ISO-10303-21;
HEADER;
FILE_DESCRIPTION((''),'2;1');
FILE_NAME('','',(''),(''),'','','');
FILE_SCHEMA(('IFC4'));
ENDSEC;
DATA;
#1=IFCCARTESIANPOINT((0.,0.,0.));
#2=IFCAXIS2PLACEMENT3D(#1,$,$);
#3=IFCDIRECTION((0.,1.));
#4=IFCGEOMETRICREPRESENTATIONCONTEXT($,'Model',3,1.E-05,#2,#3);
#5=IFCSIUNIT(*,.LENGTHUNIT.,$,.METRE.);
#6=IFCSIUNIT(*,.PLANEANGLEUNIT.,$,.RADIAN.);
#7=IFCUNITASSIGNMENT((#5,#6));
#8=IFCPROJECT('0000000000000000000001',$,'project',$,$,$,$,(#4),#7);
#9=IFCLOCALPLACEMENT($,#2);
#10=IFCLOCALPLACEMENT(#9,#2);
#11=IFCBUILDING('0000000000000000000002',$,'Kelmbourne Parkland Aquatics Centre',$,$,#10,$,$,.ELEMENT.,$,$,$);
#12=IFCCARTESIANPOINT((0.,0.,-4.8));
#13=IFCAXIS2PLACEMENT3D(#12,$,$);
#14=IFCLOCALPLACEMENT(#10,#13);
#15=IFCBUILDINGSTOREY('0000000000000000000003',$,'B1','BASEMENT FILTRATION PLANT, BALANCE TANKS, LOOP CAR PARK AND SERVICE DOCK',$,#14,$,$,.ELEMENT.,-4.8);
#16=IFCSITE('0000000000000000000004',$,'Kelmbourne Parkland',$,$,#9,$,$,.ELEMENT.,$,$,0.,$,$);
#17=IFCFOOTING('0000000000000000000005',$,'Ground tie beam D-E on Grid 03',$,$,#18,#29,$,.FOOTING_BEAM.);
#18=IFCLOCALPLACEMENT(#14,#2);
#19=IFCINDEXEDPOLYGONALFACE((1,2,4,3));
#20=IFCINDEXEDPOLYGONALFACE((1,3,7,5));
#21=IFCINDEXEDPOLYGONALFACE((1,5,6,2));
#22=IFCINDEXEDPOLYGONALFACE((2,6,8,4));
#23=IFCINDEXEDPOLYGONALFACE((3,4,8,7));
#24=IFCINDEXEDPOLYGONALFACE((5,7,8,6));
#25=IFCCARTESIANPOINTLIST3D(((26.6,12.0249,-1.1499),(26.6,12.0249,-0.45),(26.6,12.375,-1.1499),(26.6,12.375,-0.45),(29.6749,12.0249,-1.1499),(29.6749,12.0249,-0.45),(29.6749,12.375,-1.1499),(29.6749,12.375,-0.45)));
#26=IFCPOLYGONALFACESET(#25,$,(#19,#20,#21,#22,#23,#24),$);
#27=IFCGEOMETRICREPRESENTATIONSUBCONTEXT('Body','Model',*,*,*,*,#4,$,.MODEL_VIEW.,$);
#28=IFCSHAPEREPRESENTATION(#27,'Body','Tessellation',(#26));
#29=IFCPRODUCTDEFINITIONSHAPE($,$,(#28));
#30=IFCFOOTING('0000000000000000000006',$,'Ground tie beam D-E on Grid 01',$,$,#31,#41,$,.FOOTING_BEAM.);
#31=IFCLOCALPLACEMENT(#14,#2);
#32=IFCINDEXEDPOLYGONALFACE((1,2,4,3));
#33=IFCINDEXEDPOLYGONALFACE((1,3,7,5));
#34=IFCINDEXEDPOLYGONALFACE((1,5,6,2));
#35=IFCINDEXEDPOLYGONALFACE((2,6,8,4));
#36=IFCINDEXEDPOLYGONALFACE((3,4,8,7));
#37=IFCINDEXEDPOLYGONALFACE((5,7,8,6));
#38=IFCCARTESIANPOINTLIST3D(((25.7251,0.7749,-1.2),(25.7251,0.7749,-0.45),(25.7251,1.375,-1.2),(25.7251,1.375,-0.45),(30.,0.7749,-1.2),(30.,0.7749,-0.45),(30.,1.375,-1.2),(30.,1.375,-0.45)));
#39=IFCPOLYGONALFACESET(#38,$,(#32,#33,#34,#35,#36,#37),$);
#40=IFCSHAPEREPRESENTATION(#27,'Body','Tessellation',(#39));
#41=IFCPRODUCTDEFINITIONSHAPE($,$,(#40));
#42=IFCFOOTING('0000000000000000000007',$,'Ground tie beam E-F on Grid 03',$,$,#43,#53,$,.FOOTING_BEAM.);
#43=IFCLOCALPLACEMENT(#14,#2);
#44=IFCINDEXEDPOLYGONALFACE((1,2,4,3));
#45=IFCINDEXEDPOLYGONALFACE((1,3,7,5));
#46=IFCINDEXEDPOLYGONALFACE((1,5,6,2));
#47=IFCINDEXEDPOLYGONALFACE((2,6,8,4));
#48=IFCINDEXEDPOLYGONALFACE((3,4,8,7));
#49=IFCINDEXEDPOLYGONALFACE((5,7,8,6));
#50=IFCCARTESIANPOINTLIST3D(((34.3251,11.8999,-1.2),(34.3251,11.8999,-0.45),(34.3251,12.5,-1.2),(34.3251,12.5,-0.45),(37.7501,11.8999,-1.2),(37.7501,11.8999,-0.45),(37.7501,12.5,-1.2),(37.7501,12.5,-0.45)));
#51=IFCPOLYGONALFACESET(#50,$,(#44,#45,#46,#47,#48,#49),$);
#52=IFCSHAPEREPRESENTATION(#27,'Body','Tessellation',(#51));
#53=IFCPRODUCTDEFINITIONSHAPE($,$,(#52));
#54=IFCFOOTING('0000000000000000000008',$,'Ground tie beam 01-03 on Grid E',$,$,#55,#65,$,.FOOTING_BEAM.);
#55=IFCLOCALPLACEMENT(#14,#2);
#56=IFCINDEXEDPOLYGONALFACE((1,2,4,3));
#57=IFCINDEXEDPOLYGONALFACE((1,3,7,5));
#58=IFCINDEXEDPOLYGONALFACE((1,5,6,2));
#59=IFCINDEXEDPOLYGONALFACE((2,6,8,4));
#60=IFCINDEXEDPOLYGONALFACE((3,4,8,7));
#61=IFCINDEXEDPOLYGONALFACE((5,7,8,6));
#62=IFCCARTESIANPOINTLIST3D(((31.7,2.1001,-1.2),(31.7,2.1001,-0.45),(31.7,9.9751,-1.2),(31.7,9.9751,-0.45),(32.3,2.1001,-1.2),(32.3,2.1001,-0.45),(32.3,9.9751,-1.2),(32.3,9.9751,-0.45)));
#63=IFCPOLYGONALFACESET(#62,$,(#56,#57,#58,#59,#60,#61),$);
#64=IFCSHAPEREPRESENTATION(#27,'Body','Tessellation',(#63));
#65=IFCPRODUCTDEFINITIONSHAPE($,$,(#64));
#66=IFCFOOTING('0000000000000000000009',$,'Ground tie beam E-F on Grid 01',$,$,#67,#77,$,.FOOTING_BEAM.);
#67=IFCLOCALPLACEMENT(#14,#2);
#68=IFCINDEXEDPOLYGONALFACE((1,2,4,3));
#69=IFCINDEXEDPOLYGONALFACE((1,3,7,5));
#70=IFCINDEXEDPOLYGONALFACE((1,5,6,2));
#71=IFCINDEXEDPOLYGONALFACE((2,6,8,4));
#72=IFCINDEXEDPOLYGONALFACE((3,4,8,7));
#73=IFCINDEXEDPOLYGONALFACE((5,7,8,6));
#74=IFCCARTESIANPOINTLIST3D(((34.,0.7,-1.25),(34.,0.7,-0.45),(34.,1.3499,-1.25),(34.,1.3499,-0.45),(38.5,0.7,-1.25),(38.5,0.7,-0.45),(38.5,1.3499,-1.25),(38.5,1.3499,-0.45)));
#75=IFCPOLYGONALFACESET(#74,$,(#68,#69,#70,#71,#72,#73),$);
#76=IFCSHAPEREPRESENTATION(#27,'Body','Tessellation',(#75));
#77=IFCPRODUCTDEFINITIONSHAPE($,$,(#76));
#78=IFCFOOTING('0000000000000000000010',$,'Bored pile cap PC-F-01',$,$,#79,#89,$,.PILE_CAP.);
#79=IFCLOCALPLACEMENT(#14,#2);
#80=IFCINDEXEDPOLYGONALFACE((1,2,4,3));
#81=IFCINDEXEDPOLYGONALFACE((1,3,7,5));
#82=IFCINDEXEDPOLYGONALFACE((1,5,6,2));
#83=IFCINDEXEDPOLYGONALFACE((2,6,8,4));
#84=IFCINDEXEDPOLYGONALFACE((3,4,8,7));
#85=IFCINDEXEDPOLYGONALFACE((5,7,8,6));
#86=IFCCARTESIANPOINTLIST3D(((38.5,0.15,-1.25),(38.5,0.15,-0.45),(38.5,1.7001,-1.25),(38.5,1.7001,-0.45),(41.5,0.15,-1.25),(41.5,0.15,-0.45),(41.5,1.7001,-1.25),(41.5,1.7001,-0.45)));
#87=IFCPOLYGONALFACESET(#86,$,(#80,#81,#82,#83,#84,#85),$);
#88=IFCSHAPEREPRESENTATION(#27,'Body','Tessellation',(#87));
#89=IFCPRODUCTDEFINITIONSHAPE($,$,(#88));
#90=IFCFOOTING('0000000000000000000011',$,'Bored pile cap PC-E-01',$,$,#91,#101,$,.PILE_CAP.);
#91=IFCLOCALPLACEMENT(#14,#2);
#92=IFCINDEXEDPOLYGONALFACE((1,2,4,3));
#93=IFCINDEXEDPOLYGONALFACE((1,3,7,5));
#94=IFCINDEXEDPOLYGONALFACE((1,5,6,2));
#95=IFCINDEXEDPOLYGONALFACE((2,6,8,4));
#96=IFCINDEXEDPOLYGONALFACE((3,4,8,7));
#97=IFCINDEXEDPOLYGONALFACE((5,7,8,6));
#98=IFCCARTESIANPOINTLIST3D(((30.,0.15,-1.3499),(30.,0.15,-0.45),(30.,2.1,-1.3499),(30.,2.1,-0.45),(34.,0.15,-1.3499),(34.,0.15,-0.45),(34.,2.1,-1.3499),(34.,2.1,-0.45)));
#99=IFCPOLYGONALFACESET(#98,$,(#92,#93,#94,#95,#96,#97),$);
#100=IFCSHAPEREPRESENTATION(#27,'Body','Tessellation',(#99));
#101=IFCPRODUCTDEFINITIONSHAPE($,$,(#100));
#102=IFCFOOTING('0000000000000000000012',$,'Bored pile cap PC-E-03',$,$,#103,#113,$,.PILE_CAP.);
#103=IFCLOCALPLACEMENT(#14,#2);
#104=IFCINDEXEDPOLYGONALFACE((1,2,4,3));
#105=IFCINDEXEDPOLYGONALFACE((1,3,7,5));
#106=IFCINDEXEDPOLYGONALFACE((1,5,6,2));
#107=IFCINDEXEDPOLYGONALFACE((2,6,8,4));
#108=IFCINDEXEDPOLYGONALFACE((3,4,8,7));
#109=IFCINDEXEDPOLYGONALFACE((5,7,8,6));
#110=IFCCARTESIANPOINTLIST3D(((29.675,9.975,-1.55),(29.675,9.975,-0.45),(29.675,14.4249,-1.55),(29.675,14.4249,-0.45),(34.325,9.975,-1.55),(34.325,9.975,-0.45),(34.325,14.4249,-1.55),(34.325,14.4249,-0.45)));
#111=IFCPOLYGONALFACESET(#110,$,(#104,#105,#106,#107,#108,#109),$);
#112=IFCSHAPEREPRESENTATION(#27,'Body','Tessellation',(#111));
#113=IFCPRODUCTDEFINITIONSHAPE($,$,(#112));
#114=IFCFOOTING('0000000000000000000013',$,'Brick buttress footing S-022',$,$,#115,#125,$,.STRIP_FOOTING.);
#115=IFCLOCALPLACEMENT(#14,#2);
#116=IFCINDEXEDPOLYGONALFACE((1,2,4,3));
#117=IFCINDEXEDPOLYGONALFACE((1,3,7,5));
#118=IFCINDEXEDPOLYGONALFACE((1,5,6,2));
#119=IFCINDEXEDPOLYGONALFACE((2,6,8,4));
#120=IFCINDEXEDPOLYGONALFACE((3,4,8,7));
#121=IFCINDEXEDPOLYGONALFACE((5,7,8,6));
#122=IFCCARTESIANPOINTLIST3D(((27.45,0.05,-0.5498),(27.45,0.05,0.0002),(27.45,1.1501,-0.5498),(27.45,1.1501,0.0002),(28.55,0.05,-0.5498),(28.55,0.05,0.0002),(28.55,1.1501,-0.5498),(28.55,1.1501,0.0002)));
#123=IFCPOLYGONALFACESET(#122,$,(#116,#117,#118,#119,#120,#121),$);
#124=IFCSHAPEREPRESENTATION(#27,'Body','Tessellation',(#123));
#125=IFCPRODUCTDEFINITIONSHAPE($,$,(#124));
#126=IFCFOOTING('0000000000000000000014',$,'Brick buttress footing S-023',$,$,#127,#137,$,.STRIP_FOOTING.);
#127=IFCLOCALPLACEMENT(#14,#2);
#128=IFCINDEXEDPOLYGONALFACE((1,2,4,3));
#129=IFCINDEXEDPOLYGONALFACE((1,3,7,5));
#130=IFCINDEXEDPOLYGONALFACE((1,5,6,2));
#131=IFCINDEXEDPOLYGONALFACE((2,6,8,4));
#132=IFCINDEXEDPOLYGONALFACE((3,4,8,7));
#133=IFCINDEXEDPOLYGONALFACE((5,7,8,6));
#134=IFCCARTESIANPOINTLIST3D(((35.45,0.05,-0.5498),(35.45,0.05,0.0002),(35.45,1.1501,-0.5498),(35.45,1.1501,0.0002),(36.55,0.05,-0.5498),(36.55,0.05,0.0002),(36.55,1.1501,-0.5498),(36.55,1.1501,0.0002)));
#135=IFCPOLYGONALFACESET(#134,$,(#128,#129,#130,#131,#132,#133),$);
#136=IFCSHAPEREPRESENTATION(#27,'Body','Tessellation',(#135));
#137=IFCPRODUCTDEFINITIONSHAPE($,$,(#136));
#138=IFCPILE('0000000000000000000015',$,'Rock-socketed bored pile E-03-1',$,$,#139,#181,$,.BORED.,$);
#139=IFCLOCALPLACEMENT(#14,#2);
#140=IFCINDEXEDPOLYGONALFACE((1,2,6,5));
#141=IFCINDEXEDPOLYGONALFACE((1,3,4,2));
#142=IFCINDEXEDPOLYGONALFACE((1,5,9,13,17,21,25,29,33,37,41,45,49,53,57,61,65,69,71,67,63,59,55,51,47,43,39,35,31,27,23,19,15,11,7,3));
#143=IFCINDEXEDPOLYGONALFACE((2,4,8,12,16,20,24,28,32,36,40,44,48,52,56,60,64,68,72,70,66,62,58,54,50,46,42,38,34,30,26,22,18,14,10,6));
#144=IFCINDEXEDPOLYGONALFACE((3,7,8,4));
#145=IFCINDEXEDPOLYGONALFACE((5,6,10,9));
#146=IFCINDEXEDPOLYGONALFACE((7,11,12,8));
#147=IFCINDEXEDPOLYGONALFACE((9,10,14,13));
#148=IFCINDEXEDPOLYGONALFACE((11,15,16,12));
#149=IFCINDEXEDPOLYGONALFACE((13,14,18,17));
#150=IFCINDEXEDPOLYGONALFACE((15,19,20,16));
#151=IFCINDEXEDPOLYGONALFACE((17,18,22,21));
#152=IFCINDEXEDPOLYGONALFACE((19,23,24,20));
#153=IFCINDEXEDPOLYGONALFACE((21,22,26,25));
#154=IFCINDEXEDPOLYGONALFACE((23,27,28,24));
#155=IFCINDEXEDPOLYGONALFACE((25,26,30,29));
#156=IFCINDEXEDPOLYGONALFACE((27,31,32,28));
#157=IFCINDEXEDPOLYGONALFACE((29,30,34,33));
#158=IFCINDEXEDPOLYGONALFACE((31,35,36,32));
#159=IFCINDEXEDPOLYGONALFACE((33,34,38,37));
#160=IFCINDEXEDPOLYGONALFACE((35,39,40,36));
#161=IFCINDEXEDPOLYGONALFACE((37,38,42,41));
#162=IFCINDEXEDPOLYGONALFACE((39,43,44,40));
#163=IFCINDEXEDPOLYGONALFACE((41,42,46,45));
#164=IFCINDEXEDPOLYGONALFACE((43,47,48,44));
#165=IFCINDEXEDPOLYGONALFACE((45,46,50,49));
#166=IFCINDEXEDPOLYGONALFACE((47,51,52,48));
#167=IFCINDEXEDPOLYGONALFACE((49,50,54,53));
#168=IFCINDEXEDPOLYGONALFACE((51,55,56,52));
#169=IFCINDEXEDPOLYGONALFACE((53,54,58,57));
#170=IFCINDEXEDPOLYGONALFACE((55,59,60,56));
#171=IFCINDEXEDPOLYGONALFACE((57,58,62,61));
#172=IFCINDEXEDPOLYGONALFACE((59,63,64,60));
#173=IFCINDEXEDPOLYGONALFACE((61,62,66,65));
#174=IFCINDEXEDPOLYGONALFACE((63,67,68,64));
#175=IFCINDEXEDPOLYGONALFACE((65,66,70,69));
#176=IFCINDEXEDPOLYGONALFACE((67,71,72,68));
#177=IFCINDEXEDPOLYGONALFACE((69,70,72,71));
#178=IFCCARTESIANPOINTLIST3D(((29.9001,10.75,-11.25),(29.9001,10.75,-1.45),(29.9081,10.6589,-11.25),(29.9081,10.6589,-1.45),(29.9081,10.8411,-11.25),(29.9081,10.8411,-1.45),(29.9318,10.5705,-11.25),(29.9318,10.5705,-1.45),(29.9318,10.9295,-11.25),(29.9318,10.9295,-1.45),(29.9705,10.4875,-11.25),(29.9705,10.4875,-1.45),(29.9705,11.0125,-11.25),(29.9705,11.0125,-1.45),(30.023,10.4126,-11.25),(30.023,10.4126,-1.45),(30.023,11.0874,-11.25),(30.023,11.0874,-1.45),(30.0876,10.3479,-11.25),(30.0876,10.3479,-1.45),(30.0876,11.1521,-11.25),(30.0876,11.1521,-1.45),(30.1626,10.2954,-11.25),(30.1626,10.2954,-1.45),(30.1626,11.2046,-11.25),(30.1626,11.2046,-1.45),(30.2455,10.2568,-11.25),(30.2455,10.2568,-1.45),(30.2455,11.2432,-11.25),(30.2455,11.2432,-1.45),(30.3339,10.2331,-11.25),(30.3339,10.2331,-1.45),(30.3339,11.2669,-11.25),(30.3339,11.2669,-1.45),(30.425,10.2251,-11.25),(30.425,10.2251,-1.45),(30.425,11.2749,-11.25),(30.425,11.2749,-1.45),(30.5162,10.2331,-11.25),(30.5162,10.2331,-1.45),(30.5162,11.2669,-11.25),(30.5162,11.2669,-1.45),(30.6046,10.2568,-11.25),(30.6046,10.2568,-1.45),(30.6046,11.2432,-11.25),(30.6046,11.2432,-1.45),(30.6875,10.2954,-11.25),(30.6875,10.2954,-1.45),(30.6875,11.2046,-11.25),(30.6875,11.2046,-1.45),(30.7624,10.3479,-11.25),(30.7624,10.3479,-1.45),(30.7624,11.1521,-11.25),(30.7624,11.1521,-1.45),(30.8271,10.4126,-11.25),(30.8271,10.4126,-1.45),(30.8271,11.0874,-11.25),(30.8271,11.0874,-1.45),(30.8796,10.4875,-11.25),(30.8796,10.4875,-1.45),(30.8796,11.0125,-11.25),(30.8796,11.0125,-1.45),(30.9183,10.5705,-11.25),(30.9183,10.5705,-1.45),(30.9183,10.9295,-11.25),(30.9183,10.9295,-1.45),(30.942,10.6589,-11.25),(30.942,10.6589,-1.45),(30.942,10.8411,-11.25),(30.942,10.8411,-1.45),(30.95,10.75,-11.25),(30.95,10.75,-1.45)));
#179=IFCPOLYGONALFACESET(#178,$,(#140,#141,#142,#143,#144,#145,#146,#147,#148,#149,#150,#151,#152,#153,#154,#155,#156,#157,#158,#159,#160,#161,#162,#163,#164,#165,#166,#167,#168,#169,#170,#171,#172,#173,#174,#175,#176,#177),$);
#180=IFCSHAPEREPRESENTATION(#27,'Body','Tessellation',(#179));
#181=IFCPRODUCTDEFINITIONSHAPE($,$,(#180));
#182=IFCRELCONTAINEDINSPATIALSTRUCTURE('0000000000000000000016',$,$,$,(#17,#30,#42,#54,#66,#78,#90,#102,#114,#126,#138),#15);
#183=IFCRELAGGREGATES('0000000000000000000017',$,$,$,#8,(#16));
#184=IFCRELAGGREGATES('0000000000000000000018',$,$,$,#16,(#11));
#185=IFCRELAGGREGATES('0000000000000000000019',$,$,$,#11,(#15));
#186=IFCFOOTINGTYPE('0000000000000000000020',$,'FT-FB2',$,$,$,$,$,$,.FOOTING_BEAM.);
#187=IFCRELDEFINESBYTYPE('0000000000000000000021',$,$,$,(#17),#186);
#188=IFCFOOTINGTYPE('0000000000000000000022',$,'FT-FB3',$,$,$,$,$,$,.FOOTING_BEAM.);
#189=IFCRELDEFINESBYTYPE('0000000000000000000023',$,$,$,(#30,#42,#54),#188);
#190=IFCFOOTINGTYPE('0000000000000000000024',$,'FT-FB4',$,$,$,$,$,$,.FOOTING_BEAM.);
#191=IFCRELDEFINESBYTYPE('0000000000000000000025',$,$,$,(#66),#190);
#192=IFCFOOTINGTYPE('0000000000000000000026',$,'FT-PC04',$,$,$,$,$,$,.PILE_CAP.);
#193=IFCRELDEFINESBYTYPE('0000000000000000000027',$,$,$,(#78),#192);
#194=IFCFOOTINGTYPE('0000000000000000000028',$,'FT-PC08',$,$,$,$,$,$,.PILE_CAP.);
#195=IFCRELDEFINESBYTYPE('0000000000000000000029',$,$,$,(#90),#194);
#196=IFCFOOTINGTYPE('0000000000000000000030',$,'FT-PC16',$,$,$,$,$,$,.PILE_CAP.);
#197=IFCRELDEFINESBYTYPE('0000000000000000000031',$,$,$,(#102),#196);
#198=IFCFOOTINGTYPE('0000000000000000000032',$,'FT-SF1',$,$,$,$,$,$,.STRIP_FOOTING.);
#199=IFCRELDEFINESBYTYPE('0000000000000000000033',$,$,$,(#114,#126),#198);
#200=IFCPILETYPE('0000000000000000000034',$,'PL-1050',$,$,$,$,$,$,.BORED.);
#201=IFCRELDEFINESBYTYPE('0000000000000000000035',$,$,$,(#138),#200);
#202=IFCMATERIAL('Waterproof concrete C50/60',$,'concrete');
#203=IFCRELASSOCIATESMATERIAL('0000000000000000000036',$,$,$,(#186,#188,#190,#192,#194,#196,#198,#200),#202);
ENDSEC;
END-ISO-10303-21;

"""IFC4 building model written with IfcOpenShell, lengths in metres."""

from ifc_helpers import new_model, si_unit, direction, frame, origin, origin_2d, place, context, subcontext, project, spatial, rectangle, circle, extrude, material, material_profile, profile_set, type_object, element, save


model = new_model("IFC4")

# Units and contexts
model_context = context("Model", 3, precision=1e-05, world=origin(), true_north=direction((0.0, 1.0)))
body_context = subcontext(model_context, "Body", "Model", "MODEL_VIEW")
ifc_project = project(units=[si_unit("LENGTHUNIT", "METRE"), si_unit("PLANEANGLEUNIT", "RADIAN")], contexts=[model_context])

# Site, building, storey
site_placement = place(None, origin())
site = spatial("IfcSite", under=ifc_project, at=site_placement, Name="Kelmbourne Parkland", CompositionType="ELEMENT", RefElevation=0.0)
building_placement = place(site_placement, origin())
building = spatial("IfcBuilding", under=site, at=building_placement, Name="Kelmbourne Parkland Aquatics Centre", CompositionType="ELEMENT")
storey_placement = place(building_placement, frame((0.0, 0.0, -4.8)))
storey = spatial("IfcBuildingStorey", under=building, at=storey_placement, Name="B1", Description="BASEMENT FILTRATION PLANT, BALANCE TANKS, LOOP CAR PARK AND SERVICE DOCK", CompositionType="ELEMENT", Elevation=-4.8)

# Footings
ifc_material_1 = material(Name="Waterproof concrete C50/60", Category="concrete")
footing_type_1 = type_object("IfcFootingType", Name="FT-FB2", PredefinedType="FOOTING_BEAM", material=ifc_material_1)
footing_1_placement = place(storey_placement, frame((28.1375, 12.2, -1.1499), z_axis=(0.0, 0.0, 1.0), x_axis=(1.0, 0.0, 0.0)))
element("IfcFooting", 1, at=footing_1_placement, inside=storey, type_object=footing_type_1, Name="Ground tie beam D-E on Grid 03", PredefinedType="FOOTING_BEAM", context=body_context, shape_type="SweptSolid", body=[
    extrude(rectangle(XDim=3.075, YDim=0.3501, at=origin_2d()), origin(), (0.0, 0.0, 1.0), 0.7),
])
footing_type_2 = type_object("IfcFootingType", Name="FT-FB3", PredefinedType="FOOTING_BEAM", material=ifc_material_1)
footing_2_placement = place(storey_placement, frame((27.8625, 1.075, -1.2), z_axis=(0.0, 0.0, 1.0), x_axis=(1.0, 0.0, 0.0)))
element("IfcFooting", 2, at=footing_2_placement, inside=storey, type_object=footing_type_2, Name="Ground tie beam D-E on Grid 01", PredefinedType="FOOTING_BEAM", context=body_context, shape_type="SweptSolid", body=[
    extrude(rectangle(XDim=4.2749, YDim=0.6001, at=origin_2d()), origin(), (0.0, 0.0, 1.0), 0.75),
])
footing_3_placement = place(storey_placement, frame((36.0376, 12.2, -1.2), z_axis=(0.0, 0.0, 1.0), x_axis=(1.0, 0.0, 0.0)))
element("IfcFooting", 3, at=footing_3_placement, inside=storey, type_object=footing_type_2, Name="Ground tie beam E-F on Grid 03", PredefinedType="FOOTING_BEAM", context=body_context, shape_type="SweptSolid", body=[
    extrude(rectangle(XDim=3.425, YDim=0.6001, at=origin_2d()), origin(), (0.0, 0.0, 1.0), 0.75),
])
footing_4_placement = place(storey_placement, frame((32.0, 6.0376, -1.2), z_axis=(0.0, 0.0, 1.0), x_axis=(0.0, 1.0, 0.0)))
element("IfcFooting", 4, at=footing_4_placement, inside=storey, type_object=footing_type_2, Name="Ground tie beam 01-03 on Grid E", PredefinedType="FOOTING_BEAM", context=body_context, shape_type="SweptSolid", body=[
    extrude(rectangle(XDim=7.875, YDim=0.6001, at=origin_2d()), origin(), (0.0, 0.0, 1.0), 0.75),
])
footing_type_3 = type_object("IfcFootingType", Name="FT-FB4", PredefinedType="FOOTING_BEAM", material=ifc_material_1)
footing_5_placement = place(storey_placement, frame((36.25, 1.0249, -1.25), z_axis=(0.0, 0.0, 1.0), x_axis=(1.0, 0.0, 0.0)))
element("IfcFooting", 5, at=footing_5_placement, inside=storey, type_object=footing_type_3, Name="Ground tie beam E-F on Grid 01", PredefinedType="FOOTING_BEAM", context=body_context, shape_type="SweptSolid", body=[
    extrude(rectangle(XDim=4.5, YDim=0.6499, at=origin_2d()), origin(), (0.0, 0.0, 1.0), 0.8),
])
footing_type_4 = type_object("IfcFootingType", Name="FT-PC04", PredefinedType="PILE_CAP", material=ifc_material_1)
footing_6_placement = place(storey_placement, frame((40.0, 0.925, -1.25), z_axis=(0.0, 0.0, 1.0), x_axis=(1.0, 0.0, 0.0)))
element("IfcFooting", 6, at=footing_6_placement, inside=storey, type_object=footing_type_4, Name="Bored pile cap PC-F-01", PredefinedType="PILE_CAP", context=body_context, shape_type="SweptSolid", body=[
    extrude(rectangle(XDim=3.0, YDim=1.55, at=origin_2d()), origin(), (0.0, 0.0, 1.0), 0.8),
])
footing_type_5 = type_object("IfcFootingType", Name="FT-PC08", PredefinedType="PILE_CAP", material=ifc_material_1)
footing_7_placement = place(storey_placement, frame((32.0, 1.125, -1.3499), z_axis=(0.0, 0.0, 1.0), x_axis=(1.0, 0.0, 0.0)))
element("IfcFooting", 7, at=footing_7_placement, inside=storey, type_object=footing_type_5, Name="Bored pile cap PC-E-01", PredefinedType="PILE_CAP", context=body_context, shape_type="SweptSolid", body=[
    extrude(rectangle(XDim=4.0, YDim=1.95, at=origin_2d()), origin(), (0.0, 0.0, 1.0), 0.8999),
])
footing_type_6 = type_object("IfcFootingType", Name="FT-PC16", PredefinedType="PILE_CAP", material=ifc_material_1)
footing_8_placement = place(storey_placement, frame((32.0, 12.2, -1.55), z_axis=(0.0, 0.0, 1.0), x_axis=(1.0, 0.0, 0.0)))
element("IfcFooting", 8, at=footing_8_placement, inside=storey, type_object=footing_type_6, Name="Bored pile cap PC-E-03", PredefinedType="PILE_CAP", context=body_context, shape_type="SweptSolid", body=[
    extrude(rectangle(XDim=4.6499, YDim=4.45, at=origin_2d()), origin(), (0.0, 0.0, 1.0), 1.1001),
])
footing_type_7 = type_object("IfcFootingType", Name="FT-SF1", PredefinedType="STRIP_FOOTING", material=ifc_material_1)
for number, where, z_axis, x_axis, name in (
    (9, (28.0, 0.6001, -0.5498), (0.0, 0.0, 1.0), (1.0, 0.0, 0.0), "Brick buttress footing S-022"),
    (10, (36.0, 0.6001, -0.5498), (0.0, 0.0, 1.0), (1.0, 0.0, 0.0), "Brick buttress footing S-023"),
):
    element("IfcFooting", number, at=place(storey_placement, frame(where, z_axis=z_axis, x_axis=x_axis)), inside=storey, type_object=footing_type_7, Name=name, PredefinedType="STRIP_FOOTING", context=body_context, shape_type="SweptSolid", body=[
        extrude(rectangle(XDim=1.1001, YDim=1.1001, at=origin_2d()), origin(), (0.0, 0.0, 1.0), 0.55),
    ])

# Pile
ifc_material_profile_1 = material_profile(ifc_material_1, circle(Radius=0.5249, at=origin_2d()), Name="PILE D1050")
ifc_profile_set_1 = profile_set([ifc_material_profile_1], Name="Waterproof concrete C50/60")
pile_type_1 = type_object("IfcPileType", Name="PL-1050", PredefinedType="BORED", material=ifc_profile_set_1)
for number, where, z_axis, x_axis, name in (
    (11, (30.425, 10.75, -1.45), (0.0, 0.0, -1.0), (1.0, 0.0, 0.0), "Rock-socketed bored pile E-03-1"),
):
    element("IfcPile", number, at=place(storey_placement, frame(where, z_axis=z_axis, x_axis=x_axis)), inside=storey, type_object=pile_type_1, Name=name, PredefinedType="BORED", context=body_context, shape_type="SweptSolid", body=[
        extrude(circle(Radius=0.5249, at=origin_2d()), origin(), (0.0, 0.0, 1.0), 9.8),
    ])

save(model, "model.ifc")
